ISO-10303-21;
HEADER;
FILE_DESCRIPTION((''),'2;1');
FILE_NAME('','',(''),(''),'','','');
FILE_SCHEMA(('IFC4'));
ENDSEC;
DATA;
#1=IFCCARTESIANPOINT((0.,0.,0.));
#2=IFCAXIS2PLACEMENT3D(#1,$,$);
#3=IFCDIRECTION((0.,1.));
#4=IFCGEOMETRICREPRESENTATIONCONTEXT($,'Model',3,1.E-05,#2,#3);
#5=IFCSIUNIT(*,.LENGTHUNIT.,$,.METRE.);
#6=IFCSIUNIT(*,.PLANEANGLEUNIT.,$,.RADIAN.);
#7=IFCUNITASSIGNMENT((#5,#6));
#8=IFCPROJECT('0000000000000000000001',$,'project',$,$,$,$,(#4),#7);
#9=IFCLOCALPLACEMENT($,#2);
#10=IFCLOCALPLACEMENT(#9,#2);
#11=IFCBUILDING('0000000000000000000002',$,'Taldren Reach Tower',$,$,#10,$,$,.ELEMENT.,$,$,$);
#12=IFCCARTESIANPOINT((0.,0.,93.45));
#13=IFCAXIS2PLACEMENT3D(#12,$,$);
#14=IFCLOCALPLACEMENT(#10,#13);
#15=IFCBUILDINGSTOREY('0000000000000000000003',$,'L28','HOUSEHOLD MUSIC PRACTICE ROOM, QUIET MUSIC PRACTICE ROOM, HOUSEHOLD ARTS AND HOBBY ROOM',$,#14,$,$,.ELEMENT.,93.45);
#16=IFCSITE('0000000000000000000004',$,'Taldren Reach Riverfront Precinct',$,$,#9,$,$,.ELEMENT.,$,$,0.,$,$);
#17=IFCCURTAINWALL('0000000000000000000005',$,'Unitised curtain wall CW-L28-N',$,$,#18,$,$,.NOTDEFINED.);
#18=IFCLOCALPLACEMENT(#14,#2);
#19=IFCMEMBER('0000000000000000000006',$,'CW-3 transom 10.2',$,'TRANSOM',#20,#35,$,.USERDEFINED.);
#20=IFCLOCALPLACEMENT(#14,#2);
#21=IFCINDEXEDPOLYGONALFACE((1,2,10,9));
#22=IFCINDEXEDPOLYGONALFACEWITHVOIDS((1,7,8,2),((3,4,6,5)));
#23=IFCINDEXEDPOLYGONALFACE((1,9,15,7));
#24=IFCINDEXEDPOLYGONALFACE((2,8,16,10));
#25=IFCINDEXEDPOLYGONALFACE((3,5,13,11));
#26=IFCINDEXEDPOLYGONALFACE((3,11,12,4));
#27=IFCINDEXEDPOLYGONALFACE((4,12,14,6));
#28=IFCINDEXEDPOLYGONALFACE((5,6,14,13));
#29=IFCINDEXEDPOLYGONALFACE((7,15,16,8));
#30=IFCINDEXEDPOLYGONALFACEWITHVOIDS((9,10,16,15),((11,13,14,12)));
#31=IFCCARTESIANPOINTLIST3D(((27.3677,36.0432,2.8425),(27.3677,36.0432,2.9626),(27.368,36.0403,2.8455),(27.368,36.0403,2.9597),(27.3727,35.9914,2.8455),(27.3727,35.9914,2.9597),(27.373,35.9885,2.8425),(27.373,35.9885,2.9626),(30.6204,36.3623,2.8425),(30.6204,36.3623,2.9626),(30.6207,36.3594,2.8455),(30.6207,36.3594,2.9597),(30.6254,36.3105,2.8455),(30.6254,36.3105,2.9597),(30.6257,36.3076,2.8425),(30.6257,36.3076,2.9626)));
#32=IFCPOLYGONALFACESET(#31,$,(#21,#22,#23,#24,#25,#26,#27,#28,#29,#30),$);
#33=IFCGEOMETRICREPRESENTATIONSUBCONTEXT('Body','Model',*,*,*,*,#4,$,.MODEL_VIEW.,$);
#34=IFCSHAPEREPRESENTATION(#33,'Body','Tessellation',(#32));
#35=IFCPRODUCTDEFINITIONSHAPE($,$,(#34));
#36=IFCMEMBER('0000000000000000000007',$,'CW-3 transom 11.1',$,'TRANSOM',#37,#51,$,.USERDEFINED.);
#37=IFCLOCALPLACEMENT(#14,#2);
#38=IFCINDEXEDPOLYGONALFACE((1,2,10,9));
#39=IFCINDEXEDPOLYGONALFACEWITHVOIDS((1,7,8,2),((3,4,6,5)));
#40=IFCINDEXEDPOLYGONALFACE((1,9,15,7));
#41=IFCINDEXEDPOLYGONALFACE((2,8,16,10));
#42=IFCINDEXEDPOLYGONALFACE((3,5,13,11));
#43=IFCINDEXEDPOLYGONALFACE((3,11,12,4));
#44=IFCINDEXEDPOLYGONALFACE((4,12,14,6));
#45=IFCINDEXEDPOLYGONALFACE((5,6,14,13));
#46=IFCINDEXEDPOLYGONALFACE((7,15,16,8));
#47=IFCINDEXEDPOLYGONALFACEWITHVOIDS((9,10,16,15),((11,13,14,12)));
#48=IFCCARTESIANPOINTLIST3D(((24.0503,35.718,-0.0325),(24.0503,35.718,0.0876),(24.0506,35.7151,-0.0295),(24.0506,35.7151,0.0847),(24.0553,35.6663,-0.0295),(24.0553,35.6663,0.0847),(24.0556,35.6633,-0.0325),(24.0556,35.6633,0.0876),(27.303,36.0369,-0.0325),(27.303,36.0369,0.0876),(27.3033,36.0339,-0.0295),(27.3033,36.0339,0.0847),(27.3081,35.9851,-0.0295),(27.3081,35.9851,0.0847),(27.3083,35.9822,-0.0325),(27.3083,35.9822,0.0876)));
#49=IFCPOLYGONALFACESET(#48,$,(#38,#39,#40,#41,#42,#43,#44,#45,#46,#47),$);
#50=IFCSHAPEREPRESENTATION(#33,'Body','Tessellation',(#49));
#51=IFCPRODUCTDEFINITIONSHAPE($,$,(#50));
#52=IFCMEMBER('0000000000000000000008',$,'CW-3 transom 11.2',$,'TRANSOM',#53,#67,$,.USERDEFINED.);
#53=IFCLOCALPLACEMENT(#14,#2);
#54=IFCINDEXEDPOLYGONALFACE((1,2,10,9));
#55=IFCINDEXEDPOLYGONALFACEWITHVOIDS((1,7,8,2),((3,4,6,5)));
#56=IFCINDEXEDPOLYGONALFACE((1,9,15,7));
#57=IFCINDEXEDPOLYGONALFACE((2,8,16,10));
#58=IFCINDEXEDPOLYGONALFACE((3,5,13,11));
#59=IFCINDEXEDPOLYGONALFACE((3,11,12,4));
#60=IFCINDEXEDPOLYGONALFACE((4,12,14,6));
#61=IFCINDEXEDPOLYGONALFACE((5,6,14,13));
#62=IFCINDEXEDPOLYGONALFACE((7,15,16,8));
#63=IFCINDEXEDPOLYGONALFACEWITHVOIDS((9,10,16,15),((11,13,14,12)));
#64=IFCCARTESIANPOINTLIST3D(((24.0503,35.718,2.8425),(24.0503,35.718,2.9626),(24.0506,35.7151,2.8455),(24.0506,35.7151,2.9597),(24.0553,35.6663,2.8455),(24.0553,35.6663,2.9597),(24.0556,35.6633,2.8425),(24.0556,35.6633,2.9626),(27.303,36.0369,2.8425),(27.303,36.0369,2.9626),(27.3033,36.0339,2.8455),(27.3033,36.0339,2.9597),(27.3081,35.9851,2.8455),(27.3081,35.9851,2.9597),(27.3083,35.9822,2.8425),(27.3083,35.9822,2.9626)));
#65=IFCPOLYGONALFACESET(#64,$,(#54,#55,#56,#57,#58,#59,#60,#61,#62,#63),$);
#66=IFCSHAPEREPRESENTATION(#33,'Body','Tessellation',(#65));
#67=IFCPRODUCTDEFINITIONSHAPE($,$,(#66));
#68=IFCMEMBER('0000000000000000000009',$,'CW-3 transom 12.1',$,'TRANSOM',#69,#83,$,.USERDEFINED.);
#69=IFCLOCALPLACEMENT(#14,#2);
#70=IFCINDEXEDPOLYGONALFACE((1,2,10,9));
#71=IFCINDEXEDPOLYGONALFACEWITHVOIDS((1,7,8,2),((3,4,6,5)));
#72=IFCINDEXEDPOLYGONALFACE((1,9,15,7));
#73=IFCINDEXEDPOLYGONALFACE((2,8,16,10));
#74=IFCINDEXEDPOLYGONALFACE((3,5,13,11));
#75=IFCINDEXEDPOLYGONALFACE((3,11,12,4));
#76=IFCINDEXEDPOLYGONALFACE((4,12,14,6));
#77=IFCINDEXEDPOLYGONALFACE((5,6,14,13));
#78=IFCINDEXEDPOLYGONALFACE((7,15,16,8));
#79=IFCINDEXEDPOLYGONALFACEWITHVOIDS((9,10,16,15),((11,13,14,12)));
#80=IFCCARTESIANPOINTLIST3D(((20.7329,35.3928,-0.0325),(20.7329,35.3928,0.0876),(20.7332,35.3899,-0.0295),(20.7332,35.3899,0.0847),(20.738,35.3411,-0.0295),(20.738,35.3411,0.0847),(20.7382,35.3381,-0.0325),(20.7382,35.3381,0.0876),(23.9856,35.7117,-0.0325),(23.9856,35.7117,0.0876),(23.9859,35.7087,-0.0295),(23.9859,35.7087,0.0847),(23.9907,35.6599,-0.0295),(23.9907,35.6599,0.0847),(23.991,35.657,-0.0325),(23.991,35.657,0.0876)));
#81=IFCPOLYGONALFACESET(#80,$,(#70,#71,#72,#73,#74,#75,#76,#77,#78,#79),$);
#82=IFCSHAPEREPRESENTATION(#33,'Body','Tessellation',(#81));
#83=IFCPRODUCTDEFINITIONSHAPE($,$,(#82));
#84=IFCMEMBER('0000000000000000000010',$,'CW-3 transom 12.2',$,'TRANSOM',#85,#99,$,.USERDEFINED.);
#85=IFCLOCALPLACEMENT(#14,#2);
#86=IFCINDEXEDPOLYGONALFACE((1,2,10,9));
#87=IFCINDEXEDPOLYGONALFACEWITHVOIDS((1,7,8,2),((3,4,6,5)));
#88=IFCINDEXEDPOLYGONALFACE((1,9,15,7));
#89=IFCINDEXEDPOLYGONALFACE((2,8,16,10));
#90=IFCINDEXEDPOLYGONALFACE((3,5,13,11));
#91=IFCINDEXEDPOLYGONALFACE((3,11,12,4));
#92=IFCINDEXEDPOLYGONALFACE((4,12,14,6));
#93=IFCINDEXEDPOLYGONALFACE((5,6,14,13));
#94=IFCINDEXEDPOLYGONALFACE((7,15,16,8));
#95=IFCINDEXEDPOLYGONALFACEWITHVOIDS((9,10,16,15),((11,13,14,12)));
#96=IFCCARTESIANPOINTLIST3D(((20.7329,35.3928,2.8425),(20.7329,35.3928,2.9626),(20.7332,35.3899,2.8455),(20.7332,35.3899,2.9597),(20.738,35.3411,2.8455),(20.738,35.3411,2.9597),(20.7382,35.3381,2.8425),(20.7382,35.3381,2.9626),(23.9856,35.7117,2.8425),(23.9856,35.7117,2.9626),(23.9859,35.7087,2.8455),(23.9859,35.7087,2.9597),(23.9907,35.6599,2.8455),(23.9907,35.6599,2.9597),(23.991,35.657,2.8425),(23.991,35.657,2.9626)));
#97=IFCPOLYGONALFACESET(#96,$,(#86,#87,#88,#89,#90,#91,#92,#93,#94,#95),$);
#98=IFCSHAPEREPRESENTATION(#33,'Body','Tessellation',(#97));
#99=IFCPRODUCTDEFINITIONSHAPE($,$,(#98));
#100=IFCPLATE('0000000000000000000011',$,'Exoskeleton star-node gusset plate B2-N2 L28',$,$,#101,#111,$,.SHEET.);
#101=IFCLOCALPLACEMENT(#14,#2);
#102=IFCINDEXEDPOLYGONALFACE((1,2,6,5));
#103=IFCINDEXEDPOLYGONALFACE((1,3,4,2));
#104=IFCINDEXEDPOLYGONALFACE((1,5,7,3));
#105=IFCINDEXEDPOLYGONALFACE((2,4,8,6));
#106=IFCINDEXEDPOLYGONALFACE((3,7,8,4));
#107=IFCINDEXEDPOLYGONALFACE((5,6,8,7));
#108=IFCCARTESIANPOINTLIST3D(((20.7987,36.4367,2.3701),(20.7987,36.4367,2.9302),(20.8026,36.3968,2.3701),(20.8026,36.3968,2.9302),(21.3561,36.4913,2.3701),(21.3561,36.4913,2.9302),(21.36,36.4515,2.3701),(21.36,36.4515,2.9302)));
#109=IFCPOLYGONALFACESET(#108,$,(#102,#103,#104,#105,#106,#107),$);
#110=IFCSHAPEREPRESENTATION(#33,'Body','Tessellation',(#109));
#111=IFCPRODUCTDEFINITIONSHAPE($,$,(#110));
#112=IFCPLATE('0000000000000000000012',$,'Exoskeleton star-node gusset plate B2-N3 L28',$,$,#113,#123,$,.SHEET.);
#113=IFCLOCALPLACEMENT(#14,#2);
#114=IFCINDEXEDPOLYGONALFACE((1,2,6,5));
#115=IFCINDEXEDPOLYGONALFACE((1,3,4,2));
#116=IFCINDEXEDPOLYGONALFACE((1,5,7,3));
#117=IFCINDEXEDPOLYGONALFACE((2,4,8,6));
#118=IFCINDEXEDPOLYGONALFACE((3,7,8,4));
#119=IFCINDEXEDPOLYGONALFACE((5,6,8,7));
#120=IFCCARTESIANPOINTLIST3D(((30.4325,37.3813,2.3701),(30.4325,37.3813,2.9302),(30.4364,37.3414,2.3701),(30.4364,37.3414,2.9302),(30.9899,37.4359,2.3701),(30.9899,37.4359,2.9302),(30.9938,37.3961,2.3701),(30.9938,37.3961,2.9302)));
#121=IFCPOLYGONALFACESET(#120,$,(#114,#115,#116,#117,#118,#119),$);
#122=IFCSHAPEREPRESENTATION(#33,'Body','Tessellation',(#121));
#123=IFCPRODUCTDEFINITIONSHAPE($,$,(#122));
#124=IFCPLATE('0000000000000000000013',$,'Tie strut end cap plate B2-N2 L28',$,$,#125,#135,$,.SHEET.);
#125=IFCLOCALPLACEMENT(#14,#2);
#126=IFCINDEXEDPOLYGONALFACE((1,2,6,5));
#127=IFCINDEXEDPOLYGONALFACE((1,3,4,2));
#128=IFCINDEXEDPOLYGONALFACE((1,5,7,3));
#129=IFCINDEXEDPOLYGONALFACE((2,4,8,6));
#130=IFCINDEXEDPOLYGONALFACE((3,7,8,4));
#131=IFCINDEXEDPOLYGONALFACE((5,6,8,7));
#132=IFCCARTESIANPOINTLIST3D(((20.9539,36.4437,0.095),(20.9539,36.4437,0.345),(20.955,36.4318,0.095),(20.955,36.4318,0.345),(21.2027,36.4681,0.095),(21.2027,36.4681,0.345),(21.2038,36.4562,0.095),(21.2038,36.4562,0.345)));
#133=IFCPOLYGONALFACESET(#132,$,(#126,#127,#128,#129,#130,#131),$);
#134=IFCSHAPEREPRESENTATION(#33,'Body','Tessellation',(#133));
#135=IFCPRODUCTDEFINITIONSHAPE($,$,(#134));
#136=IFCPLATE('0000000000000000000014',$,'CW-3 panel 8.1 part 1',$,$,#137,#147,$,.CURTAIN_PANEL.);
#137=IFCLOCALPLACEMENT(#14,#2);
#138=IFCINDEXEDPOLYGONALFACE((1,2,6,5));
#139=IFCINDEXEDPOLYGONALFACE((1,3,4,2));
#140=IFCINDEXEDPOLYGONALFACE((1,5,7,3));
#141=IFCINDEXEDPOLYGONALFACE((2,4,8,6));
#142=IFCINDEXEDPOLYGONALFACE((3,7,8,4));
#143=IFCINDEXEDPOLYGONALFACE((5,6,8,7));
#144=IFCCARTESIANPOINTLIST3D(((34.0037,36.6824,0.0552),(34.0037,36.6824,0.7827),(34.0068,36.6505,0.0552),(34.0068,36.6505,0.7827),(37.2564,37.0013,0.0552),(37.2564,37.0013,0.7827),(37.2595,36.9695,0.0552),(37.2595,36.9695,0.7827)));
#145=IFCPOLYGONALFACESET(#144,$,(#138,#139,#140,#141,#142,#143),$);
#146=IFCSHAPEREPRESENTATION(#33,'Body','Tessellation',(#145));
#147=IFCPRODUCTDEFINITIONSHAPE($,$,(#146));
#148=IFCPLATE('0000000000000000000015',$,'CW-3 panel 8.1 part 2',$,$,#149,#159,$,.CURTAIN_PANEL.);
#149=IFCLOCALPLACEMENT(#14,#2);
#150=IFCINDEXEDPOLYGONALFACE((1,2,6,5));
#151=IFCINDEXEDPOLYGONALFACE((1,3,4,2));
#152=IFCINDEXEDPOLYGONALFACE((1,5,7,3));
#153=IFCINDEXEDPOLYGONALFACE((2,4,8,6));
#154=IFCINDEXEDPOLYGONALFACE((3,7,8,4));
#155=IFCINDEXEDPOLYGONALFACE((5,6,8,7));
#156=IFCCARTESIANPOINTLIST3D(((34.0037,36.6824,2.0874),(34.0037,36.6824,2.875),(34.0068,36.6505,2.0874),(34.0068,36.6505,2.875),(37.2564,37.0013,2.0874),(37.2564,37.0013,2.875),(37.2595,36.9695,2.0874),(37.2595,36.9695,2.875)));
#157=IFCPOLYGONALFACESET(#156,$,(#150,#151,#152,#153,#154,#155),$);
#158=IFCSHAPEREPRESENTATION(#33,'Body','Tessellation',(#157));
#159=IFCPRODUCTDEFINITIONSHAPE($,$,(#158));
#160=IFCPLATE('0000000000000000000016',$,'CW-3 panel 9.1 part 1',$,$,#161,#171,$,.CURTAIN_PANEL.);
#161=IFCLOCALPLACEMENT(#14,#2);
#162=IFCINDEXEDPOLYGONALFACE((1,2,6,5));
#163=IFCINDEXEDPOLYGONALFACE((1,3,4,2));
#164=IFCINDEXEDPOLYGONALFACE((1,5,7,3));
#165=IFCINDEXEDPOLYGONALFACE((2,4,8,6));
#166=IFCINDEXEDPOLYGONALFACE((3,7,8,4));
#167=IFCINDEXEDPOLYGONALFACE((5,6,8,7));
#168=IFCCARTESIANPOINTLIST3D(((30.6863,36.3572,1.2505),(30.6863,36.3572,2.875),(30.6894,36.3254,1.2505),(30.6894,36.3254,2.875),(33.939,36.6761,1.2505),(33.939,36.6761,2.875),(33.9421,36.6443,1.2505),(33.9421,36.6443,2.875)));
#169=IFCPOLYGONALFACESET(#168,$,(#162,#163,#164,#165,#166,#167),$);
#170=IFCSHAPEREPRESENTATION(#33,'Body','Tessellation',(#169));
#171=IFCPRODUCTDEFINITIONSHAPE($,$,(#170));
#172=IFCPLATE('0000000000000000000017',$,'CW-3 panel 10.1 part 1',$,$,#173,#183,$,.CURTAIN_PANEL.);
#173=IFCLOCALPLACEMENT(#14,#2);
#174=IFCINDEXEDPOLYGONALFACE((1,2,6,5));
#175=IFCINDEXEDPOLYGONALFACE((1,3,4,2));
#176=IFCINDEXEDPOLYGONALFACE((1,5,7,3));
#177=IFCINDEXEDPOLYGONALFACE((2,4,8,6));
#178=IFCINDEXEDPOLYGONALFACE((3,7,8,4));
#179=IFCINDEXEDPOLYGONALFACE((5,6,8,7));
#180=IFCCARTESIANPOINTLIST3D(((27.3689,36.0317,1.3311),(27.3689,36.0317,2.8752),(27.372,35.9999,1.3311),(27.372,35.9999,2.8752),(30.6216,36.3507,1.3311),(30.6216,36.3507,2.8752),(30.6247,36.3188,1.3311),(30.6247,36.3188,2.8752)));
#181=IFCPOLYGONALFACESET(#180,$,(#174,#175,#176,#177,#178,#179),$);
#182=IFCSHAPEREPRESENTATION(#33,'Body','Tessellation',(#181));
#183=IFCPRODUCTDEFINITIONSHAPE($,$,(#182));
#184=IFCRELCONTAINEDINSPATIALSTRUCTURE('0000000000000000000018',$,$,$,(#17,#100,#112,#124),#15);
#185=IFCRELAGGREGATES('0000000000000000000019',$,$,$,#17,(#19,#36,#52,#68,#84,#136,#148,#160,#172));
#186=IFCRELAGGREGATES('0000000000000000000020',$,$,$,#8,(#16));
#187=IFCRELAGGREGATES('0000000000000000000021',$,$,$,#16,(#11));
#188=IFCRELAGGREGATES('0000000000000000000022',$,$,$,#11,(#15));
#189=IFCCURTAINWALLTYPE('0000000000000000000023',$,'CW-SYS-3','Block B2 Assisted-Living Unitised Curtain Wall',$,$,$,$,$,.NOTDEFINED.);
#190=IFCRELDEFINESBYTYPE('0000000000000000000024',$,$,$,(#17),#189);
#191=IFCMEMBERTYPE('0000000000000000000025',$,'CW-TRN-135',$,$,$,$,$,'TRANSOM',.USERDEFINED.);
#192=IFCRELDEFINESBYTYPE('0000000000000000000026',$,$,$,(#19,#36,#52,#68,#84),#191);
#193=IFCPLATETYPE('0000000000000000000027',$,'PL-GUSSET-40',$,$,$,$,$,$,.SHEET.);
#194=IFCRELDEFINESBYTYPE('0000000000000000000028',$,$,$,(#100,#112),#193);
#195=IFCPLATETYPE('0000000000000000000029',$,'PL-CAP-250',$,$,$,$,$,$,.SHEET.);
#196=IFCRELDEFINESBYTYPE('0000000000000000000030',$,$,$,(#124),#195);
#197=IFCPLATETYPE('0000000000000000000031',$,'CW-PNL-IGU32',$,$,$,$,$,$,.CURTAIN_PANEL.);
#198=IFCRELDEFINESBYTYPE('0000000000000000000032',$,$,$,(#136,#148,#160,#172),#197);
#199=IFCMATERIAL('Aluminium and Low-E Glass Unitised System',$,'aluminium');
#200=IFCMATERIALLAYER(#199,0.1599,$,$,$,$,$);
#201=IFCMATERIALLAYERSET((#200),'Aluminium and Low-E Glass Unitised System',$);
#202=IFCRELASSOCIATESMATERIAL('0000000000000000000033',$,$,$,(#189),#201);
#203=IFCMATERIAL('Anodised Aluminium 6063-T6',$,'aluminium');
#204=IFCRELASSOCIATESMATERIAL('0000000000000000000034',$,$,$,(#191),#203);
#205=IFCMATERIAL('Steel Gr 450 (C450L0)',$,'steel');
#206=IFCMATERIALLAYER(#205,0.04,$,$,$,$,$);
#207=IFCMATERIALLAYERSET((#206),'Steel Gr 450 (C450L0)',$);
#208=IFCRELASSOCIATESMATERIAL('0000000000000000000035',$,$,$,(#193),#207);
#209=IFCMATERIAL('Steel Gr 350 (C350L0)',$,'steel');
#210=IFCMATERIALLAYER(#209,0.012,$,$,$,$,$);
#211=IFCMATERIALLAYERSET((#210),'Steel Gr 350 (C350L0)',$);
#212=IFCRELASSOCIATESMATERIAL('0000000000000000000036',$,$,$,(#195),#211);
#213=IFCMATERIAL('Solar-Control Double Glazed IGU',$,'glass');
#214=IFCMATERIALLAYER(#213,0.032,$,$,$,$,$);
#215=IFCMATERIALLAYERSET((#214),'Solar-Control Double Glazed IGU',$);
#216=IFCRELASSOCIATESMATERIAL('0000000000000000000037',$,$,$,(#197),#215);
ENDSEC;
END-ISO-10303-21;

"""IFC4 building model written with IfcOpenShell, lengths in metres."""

from ifc_helpers import new_model, si_unit, direction, frame, origin, origin_2d, place, context, subcontext, project, spatial, rectangle, hollow_rectangle, extrude, source, transform, mapped, material, layer, layer_set, material_profile, profile_set, type_object, element, aggregate, save


model = new_model("IFC4")

# Units and contexts
model_context = context("Model", 3, precision=1e-05, world=origin(), true_north=direction((0.0, 1.0)))
body_context = subcontext(model_context, "Body", "Model", "MODEL_VIEW")
ifc_project = project(units=[si_unit("LENGTHUNIT", "METRE"), si_unit("PLANEANGLEUNIT", "RADIAN")], contexts=[model_context])

# Site, building, storey
site_placement = place(None, origin())
site = spatial("IfcSite", under=ifc_project, at=site_placement, Name="Taldren Reach Riverfront Precinct", CompositionType="ELEMENT", RefElevation=0.0)
building_placement = place(site_placement, origin())
building = spatial("IfcBuilding", under=site, at=building_placement, Name="Taldren Reach Tower", CompositionType="ELEMENT")
storey_placement = place(building_placement, frame((0.0, 0.0, 93.45)))
storey = spatial("IfcBuildingStorey", under=building, at=storey_placement, Name="L28", Description="HOUSEHOLD MUSIC PRACTICE ROOM, QUIET MUSIC PRACTICE ROOM, HOUSEHOLD ARTS AND HOBBY ROOM", CompositionType="ELEMENT", Elevation=93.45)

# Shared definitions
ifc_material_1 = material(Name="Steel Gr 450 (C450L0)", Category="steel")
ifc_material_2 = material(Name="Steel Gr 350 (C350L0)", Category="steel")

# Curtain wall, members
ifc_material_3 = material(Name="Aluminium and Low-E Glass Unitised System", Category="aluminium")
ifc_layer_1 = layer(ifc_material_3, 0.1599)
ifc_layer_set_1 = layer_set([ifc_layer_1], Name="Aluminium and Low-E Glass Unitised System")
curtain_wall_type = type_object("IfcCurtainWallType", Name="CW-SYS-3", Description="Block B2 Assisted-Living Unitised Curtain Wall", PredefinedType="NOTDEFINED", material=ifc_layer_set_1)
curtain_wall_placement = place(storey_placement, origin())
curtain_wall = element("IfcCurtainWall", 1, at=curtain_wall_placement, inside=storey, type_object=curtain_wall_type, Name="Unitised curtain wall CW-L28-N", PredefinedType="NOTDEFINED")
ifc_material_4 = material(Name="Anodised Aluminium 6063-T6", Category="aluminium")
ifc_material_profile_1 = material_profile(ifc_material_4, hollow_rectangle(XDim=0.0549, YDim=0.1201, WallThickness=0.0029, at=origin_2d()), Name="ALU-120x55x3RHS")
ifc_profile_set_1 = profile_set([ifc_material_profile_1], Name="Anodised Aluminium 6063-T6")
member_type_1 = type_object("IfcMemberType", Name="CW-TRN-135", ElementType="TRANSOM", PredefinedType="USERDEFINED", material=ifc_profile_set_1)
shared_shape_1 = source(origin(), body_context, "Body", "SweptSolid", [
    extrude(hollow_rectangle(XDim=0.0549, YDim=0.1201, WallThickness=0.0029, at=origin_2d()), origin(), (0.0, 0.0, 1.0), 3.2683),
])
member_1_placement = place(storey_placement, frame((30.623, 36.335, 2.9026), z_axis=(-0.995223, -0.097632, 0.0), x_axis=(0.097632, -0.995223, 0.0)))
member_1 = element("IfcMember", 2, at=member_1_placement, type_object=member_type_1, Name="CW-3 transom 10.2", ObjectType="TRANSOM", PredefinedType="USERDEFINED", context=body_context, shape_type="MappedRepresentation", body=[
    mapped(shared_shape_1, transform((0.0, 0.0, 0.0), scale=1.0)),
])
member_2_placement = place(storey_placement, frame((27.3057, 36.0095, 0.0276), z_axis=(-0.99523, -0.097558, 0.0), x_axis=(0.097558, -0.99523, 0.0)))
member_2 = element("IfcMember", 3, at=member_2_placement, type_object=member_type_1, Name="CW-3 transom 11.1", ObjectType="TRANSOM", PredefinedType="USERDEFINED", context=body_context, shape_type="MappedRepresentation", body=[
    mapped(shared_shape_1, transform((0.0, 0.0, 0.0), scale=1.0)),
])
member_3_placement = place(storey_placement, frame((27.3057, 36.0095, 2.9026), z_axis=(-0.99523, -0.097558, 0.0), x_axis=(0.097558, -0.99523, 0.0)))
member_3 = element("IfcMember", 4, at=member_3_placement, type_object=member_type_1, Name="CW-3 transom 11.2", ObjectType="TRANSOM", PredefinedType="USERDEFINED", context=body_context, shape_type="MappedRepresentation", body=[
    mapped(shared_shape_1, transform((0.0, 0.0, 0.0), scale=1.0)),
])
member_4_placement = place(storey_placement, frame((23.9883, 35.6843, 0.0276), z_axis=(-0.99523, -0.097558, 0.0), x_axis=(0.097558, -0.99523, 0.0)))
member_4 = element("IfcMember", 5, at=member_4_placement, type_object=member_type_1, Name="CW-3 transom 12.1", ObjectType="TRANSOM", PredefinedType="USERDEFINED", context=body_context, shape_type="MappedRepresentation", body=[
    mapped(shared_shape_1, transform((0.0, 0.0, 0.0), scale=1.0)),
])
member_5_placement = place(storey_placement, frame((23.9883, 35.6843, 2.9026), z_axis=(-0.99523, -0.097558, 0.0), x_axis=(0.097558, -0.99523, 0.0)))
member_5 = element("IfcMember", 6, at=member_5_placement, type_object=member_type_1, Name="CW-3 transom 12.2", ObjectType="TRANSOM", PredefinedType="USERDEFINED", context=body_context, shape_type="MappedRepresentation", body=[
    mapped(shared_shape_1, transform((0.0, 0.0, 0.0), scale=1.0)),
])

# Plates
ifc_layer_2 = layer(ifc_material_1, 0.04)
ifc_layer_set_2 = layer_set([ifc_layer_2], Name="Steel Gr 450 (C450L0)")
plate_type_1 = type_object("IfcPlateType", Name="PL-GUSSET-40", PredefinedType="SHEET", material=ifc_layer_set_2)
shared_shape_2 = source(origin(), body_context, "Body", "SweptSolid", [
    extrude(rectangle(XDim=0.5601, YDim=0.04, at=origin_2d()), origin(), (0.0, 0.0, 1.0), 0.5601),
])
for number, where, z_axis, x_axis, name in (
    (7, (21.0793, 36.4441, 2.3701), (0.0, 0.0, 1.0), (0.995227, 0.097583, 0.0), "Exoskeleton star-node gusset plate B2-N2 L28"),
    (8, (30.7131, 37.3887, 2.3701), (0.0, 0.0, 1.0), (0.995227, 0.097583, 0.0), "Exoskeleton star-node gusset plate B2-N3 L28"),
):
    element("IfcPlate", number, at=place(storey_placement, frame(where, z_axis=z_axis, x_axis=x_axis)), inside=storey, type_object=plate_type_1, Name=name, PredefinedType="SHEET", context=body_context, shape_type="MappedRepresentation", body=[
        mapped(shared_shape_2, transform((0.0, 0.0, 0.0), scale=1.0)),
    ])
ifc_layer_3 = layer(ifc_material_2, 0.012)
ifc_layer_set_3 = layer_set([ifc_layer_3], Name="Steel Gr 350 (C350L0)")
plate_type_2 = type_object("IfcPlateType", Name="PL-CAP-250", PredefinedType="SHEET", material=ifc_layer_set_3)
shared_shape_3 = source(origin(), body_context, "Body", "SweptSolid", [
    extrude(rectangle(XDim=0.25, YDim=0.012, at=origin_2d()), origin(), (0.0, 0.0, 1.0), 0.25),
])
plate_1_placement = place(storey_placement, frame((21.0789, 36.45, 0.095), z_axis=(0.0, 0.0, 1.0), x_axis=(0.995227, 0.097583, 0.0)))
element("IfcPlate", 9, at=plate_1_placement, inside=storey, type_object=plate_type_2, Name="Tie strut end cap plate B2-N2 L28", PredefinedType="SHEET", context=body_context, shape_type="MappedRepresentation", body=[
    mapped(shared_shape_3, transform((0.0, 0.0, 0.0), scale=1.0)),
])

# Plates
ifc_material_5 = material(Name="Solar-Control Double Glazed IGU", Category="glass")
ifc_layer_4 = layer(ifc_material_5, 0.032)
ifc_layer_set_4 = layer_set([ifc_layer_4], Name="Solar-Control Double Glazed IGU")
plate_type_3 = type_object("IfcPlateType", Name="CW-PNL-IGU32", PredefinedType="CURTAIN_PANEL", material=ifc_layer_set_4)
shared_shape_4 = source(origin(), body_context, "Body", "SweptSolid", [
    extrude(rectangle(XDim=3.2683, YDim=0.032, at=origin_2d()), origin(), (0.0, 0.0, 1.0), 0.7275),
])
plate_2_placement = place(storey_placement, frame((35.6316, 36.8259, 0.0552), z_axis=(0.0, 0.0, 1.0), x_axis=(-0.995227, -0.097583, 0.0)))
plate_2 = element("IfcPlate", 10, at=plate_2_placement, type_object=plate_type_3, Name="CW-3 panel 8.1 part 1", PredefinedType="CURTAIN_PANEL", context=body_context, shape_type="MappedRepresentation", body=[
    mapped(shared_shape_4, transform((0.0, 0.0, 0.0), scale=1.0)),
])
shared_shape_5 = source(origin(), body_context, "Body", "SweptSolid", [
    extrude(rectangle(XDim=3.2683, YDim=0.032, at=origin_2d()), origin(), (0.0, 0.0, 1.0), 0.7876),
])
plate_3_placement = place(storey_placement, frame((35.6316, 36.8259, 2.0874), z_axis=(0.0, 0.0, 1.0), x_axis=(-0.995227, -0.097583, 0.0)))
plate_3 = element("IfcPlate", 11, at=plate_3_placement, type_object=plate_type_3, Name="CW-3 panel 8.1 part 2", PredefinedType="CURTAIN_PANEL", context=body_context, shape_type="MappedRepresentation", body=[
    mapped(shared_shape_5, transform((0.0, 0.0, 0.0), scale=1.0)),
])
shared_shape_6 = source(origin(), body_context, "Body", "SweptSolid", [
    extrude(rectangle(XDim=3.2683, YDim=0.032, at=origin_2d()), origin(), (0.0, 0.0, 1.0), 1.6245),
])
plate_4_placement = place(storey_placement, frame((32.3142, 36.5007, 1.2505), z_axis=(0.0, 0.0, 1.0), x_axis=(-0.995227, -0.097583, 0.0)))
plate_4 = element("IfcPlate", 12, at=plate_4_placement, type_object=plate_type_3, Name="CW-3 panel 9.1 part 1", PredefinedType="CURTAIN_PANEL", context=body_context, shape_type="MappedRepresentation", body=[
    mapped(shared_shape_6, transform((0.0, 0.0, 0.0), scale=1.0)),
])
shared_shape_7 = source(origin(), body_context, "Body", "SweptSolid", [
    extrude(rectangle(XDim=3.2683, YDim=0.032, at=origin_2d()), origin(), (0.0, 0.0, 1.0), 1.5442),
])
plate_5_placement = place(storey_placement, frame((28.9968, 36.1753, 1.3311), z_axis=(0.0, 0.0, 1.0), x_axis=(-0.995227, -0.097583, 0.0)))
plate_5 = element("IfcPlate", 13, at=plate_5_placement, type_object=plate_type_3, Name="CW-3 panel 10.1 part 1", PredefinedType="CURTAIN_PANEL", context=body_context, shape_type="MappedRepresentation", body=[
    mapped(shared_shape_7, transform((0.0, 0.0, 0.0), scale=1.0)),
])
aggregate(curtain_wall, [member_1, member_2, member_3, member_4, member_5, plate_2, plate_3, plate_4, plate_5])

save(model, "model.ifc")
